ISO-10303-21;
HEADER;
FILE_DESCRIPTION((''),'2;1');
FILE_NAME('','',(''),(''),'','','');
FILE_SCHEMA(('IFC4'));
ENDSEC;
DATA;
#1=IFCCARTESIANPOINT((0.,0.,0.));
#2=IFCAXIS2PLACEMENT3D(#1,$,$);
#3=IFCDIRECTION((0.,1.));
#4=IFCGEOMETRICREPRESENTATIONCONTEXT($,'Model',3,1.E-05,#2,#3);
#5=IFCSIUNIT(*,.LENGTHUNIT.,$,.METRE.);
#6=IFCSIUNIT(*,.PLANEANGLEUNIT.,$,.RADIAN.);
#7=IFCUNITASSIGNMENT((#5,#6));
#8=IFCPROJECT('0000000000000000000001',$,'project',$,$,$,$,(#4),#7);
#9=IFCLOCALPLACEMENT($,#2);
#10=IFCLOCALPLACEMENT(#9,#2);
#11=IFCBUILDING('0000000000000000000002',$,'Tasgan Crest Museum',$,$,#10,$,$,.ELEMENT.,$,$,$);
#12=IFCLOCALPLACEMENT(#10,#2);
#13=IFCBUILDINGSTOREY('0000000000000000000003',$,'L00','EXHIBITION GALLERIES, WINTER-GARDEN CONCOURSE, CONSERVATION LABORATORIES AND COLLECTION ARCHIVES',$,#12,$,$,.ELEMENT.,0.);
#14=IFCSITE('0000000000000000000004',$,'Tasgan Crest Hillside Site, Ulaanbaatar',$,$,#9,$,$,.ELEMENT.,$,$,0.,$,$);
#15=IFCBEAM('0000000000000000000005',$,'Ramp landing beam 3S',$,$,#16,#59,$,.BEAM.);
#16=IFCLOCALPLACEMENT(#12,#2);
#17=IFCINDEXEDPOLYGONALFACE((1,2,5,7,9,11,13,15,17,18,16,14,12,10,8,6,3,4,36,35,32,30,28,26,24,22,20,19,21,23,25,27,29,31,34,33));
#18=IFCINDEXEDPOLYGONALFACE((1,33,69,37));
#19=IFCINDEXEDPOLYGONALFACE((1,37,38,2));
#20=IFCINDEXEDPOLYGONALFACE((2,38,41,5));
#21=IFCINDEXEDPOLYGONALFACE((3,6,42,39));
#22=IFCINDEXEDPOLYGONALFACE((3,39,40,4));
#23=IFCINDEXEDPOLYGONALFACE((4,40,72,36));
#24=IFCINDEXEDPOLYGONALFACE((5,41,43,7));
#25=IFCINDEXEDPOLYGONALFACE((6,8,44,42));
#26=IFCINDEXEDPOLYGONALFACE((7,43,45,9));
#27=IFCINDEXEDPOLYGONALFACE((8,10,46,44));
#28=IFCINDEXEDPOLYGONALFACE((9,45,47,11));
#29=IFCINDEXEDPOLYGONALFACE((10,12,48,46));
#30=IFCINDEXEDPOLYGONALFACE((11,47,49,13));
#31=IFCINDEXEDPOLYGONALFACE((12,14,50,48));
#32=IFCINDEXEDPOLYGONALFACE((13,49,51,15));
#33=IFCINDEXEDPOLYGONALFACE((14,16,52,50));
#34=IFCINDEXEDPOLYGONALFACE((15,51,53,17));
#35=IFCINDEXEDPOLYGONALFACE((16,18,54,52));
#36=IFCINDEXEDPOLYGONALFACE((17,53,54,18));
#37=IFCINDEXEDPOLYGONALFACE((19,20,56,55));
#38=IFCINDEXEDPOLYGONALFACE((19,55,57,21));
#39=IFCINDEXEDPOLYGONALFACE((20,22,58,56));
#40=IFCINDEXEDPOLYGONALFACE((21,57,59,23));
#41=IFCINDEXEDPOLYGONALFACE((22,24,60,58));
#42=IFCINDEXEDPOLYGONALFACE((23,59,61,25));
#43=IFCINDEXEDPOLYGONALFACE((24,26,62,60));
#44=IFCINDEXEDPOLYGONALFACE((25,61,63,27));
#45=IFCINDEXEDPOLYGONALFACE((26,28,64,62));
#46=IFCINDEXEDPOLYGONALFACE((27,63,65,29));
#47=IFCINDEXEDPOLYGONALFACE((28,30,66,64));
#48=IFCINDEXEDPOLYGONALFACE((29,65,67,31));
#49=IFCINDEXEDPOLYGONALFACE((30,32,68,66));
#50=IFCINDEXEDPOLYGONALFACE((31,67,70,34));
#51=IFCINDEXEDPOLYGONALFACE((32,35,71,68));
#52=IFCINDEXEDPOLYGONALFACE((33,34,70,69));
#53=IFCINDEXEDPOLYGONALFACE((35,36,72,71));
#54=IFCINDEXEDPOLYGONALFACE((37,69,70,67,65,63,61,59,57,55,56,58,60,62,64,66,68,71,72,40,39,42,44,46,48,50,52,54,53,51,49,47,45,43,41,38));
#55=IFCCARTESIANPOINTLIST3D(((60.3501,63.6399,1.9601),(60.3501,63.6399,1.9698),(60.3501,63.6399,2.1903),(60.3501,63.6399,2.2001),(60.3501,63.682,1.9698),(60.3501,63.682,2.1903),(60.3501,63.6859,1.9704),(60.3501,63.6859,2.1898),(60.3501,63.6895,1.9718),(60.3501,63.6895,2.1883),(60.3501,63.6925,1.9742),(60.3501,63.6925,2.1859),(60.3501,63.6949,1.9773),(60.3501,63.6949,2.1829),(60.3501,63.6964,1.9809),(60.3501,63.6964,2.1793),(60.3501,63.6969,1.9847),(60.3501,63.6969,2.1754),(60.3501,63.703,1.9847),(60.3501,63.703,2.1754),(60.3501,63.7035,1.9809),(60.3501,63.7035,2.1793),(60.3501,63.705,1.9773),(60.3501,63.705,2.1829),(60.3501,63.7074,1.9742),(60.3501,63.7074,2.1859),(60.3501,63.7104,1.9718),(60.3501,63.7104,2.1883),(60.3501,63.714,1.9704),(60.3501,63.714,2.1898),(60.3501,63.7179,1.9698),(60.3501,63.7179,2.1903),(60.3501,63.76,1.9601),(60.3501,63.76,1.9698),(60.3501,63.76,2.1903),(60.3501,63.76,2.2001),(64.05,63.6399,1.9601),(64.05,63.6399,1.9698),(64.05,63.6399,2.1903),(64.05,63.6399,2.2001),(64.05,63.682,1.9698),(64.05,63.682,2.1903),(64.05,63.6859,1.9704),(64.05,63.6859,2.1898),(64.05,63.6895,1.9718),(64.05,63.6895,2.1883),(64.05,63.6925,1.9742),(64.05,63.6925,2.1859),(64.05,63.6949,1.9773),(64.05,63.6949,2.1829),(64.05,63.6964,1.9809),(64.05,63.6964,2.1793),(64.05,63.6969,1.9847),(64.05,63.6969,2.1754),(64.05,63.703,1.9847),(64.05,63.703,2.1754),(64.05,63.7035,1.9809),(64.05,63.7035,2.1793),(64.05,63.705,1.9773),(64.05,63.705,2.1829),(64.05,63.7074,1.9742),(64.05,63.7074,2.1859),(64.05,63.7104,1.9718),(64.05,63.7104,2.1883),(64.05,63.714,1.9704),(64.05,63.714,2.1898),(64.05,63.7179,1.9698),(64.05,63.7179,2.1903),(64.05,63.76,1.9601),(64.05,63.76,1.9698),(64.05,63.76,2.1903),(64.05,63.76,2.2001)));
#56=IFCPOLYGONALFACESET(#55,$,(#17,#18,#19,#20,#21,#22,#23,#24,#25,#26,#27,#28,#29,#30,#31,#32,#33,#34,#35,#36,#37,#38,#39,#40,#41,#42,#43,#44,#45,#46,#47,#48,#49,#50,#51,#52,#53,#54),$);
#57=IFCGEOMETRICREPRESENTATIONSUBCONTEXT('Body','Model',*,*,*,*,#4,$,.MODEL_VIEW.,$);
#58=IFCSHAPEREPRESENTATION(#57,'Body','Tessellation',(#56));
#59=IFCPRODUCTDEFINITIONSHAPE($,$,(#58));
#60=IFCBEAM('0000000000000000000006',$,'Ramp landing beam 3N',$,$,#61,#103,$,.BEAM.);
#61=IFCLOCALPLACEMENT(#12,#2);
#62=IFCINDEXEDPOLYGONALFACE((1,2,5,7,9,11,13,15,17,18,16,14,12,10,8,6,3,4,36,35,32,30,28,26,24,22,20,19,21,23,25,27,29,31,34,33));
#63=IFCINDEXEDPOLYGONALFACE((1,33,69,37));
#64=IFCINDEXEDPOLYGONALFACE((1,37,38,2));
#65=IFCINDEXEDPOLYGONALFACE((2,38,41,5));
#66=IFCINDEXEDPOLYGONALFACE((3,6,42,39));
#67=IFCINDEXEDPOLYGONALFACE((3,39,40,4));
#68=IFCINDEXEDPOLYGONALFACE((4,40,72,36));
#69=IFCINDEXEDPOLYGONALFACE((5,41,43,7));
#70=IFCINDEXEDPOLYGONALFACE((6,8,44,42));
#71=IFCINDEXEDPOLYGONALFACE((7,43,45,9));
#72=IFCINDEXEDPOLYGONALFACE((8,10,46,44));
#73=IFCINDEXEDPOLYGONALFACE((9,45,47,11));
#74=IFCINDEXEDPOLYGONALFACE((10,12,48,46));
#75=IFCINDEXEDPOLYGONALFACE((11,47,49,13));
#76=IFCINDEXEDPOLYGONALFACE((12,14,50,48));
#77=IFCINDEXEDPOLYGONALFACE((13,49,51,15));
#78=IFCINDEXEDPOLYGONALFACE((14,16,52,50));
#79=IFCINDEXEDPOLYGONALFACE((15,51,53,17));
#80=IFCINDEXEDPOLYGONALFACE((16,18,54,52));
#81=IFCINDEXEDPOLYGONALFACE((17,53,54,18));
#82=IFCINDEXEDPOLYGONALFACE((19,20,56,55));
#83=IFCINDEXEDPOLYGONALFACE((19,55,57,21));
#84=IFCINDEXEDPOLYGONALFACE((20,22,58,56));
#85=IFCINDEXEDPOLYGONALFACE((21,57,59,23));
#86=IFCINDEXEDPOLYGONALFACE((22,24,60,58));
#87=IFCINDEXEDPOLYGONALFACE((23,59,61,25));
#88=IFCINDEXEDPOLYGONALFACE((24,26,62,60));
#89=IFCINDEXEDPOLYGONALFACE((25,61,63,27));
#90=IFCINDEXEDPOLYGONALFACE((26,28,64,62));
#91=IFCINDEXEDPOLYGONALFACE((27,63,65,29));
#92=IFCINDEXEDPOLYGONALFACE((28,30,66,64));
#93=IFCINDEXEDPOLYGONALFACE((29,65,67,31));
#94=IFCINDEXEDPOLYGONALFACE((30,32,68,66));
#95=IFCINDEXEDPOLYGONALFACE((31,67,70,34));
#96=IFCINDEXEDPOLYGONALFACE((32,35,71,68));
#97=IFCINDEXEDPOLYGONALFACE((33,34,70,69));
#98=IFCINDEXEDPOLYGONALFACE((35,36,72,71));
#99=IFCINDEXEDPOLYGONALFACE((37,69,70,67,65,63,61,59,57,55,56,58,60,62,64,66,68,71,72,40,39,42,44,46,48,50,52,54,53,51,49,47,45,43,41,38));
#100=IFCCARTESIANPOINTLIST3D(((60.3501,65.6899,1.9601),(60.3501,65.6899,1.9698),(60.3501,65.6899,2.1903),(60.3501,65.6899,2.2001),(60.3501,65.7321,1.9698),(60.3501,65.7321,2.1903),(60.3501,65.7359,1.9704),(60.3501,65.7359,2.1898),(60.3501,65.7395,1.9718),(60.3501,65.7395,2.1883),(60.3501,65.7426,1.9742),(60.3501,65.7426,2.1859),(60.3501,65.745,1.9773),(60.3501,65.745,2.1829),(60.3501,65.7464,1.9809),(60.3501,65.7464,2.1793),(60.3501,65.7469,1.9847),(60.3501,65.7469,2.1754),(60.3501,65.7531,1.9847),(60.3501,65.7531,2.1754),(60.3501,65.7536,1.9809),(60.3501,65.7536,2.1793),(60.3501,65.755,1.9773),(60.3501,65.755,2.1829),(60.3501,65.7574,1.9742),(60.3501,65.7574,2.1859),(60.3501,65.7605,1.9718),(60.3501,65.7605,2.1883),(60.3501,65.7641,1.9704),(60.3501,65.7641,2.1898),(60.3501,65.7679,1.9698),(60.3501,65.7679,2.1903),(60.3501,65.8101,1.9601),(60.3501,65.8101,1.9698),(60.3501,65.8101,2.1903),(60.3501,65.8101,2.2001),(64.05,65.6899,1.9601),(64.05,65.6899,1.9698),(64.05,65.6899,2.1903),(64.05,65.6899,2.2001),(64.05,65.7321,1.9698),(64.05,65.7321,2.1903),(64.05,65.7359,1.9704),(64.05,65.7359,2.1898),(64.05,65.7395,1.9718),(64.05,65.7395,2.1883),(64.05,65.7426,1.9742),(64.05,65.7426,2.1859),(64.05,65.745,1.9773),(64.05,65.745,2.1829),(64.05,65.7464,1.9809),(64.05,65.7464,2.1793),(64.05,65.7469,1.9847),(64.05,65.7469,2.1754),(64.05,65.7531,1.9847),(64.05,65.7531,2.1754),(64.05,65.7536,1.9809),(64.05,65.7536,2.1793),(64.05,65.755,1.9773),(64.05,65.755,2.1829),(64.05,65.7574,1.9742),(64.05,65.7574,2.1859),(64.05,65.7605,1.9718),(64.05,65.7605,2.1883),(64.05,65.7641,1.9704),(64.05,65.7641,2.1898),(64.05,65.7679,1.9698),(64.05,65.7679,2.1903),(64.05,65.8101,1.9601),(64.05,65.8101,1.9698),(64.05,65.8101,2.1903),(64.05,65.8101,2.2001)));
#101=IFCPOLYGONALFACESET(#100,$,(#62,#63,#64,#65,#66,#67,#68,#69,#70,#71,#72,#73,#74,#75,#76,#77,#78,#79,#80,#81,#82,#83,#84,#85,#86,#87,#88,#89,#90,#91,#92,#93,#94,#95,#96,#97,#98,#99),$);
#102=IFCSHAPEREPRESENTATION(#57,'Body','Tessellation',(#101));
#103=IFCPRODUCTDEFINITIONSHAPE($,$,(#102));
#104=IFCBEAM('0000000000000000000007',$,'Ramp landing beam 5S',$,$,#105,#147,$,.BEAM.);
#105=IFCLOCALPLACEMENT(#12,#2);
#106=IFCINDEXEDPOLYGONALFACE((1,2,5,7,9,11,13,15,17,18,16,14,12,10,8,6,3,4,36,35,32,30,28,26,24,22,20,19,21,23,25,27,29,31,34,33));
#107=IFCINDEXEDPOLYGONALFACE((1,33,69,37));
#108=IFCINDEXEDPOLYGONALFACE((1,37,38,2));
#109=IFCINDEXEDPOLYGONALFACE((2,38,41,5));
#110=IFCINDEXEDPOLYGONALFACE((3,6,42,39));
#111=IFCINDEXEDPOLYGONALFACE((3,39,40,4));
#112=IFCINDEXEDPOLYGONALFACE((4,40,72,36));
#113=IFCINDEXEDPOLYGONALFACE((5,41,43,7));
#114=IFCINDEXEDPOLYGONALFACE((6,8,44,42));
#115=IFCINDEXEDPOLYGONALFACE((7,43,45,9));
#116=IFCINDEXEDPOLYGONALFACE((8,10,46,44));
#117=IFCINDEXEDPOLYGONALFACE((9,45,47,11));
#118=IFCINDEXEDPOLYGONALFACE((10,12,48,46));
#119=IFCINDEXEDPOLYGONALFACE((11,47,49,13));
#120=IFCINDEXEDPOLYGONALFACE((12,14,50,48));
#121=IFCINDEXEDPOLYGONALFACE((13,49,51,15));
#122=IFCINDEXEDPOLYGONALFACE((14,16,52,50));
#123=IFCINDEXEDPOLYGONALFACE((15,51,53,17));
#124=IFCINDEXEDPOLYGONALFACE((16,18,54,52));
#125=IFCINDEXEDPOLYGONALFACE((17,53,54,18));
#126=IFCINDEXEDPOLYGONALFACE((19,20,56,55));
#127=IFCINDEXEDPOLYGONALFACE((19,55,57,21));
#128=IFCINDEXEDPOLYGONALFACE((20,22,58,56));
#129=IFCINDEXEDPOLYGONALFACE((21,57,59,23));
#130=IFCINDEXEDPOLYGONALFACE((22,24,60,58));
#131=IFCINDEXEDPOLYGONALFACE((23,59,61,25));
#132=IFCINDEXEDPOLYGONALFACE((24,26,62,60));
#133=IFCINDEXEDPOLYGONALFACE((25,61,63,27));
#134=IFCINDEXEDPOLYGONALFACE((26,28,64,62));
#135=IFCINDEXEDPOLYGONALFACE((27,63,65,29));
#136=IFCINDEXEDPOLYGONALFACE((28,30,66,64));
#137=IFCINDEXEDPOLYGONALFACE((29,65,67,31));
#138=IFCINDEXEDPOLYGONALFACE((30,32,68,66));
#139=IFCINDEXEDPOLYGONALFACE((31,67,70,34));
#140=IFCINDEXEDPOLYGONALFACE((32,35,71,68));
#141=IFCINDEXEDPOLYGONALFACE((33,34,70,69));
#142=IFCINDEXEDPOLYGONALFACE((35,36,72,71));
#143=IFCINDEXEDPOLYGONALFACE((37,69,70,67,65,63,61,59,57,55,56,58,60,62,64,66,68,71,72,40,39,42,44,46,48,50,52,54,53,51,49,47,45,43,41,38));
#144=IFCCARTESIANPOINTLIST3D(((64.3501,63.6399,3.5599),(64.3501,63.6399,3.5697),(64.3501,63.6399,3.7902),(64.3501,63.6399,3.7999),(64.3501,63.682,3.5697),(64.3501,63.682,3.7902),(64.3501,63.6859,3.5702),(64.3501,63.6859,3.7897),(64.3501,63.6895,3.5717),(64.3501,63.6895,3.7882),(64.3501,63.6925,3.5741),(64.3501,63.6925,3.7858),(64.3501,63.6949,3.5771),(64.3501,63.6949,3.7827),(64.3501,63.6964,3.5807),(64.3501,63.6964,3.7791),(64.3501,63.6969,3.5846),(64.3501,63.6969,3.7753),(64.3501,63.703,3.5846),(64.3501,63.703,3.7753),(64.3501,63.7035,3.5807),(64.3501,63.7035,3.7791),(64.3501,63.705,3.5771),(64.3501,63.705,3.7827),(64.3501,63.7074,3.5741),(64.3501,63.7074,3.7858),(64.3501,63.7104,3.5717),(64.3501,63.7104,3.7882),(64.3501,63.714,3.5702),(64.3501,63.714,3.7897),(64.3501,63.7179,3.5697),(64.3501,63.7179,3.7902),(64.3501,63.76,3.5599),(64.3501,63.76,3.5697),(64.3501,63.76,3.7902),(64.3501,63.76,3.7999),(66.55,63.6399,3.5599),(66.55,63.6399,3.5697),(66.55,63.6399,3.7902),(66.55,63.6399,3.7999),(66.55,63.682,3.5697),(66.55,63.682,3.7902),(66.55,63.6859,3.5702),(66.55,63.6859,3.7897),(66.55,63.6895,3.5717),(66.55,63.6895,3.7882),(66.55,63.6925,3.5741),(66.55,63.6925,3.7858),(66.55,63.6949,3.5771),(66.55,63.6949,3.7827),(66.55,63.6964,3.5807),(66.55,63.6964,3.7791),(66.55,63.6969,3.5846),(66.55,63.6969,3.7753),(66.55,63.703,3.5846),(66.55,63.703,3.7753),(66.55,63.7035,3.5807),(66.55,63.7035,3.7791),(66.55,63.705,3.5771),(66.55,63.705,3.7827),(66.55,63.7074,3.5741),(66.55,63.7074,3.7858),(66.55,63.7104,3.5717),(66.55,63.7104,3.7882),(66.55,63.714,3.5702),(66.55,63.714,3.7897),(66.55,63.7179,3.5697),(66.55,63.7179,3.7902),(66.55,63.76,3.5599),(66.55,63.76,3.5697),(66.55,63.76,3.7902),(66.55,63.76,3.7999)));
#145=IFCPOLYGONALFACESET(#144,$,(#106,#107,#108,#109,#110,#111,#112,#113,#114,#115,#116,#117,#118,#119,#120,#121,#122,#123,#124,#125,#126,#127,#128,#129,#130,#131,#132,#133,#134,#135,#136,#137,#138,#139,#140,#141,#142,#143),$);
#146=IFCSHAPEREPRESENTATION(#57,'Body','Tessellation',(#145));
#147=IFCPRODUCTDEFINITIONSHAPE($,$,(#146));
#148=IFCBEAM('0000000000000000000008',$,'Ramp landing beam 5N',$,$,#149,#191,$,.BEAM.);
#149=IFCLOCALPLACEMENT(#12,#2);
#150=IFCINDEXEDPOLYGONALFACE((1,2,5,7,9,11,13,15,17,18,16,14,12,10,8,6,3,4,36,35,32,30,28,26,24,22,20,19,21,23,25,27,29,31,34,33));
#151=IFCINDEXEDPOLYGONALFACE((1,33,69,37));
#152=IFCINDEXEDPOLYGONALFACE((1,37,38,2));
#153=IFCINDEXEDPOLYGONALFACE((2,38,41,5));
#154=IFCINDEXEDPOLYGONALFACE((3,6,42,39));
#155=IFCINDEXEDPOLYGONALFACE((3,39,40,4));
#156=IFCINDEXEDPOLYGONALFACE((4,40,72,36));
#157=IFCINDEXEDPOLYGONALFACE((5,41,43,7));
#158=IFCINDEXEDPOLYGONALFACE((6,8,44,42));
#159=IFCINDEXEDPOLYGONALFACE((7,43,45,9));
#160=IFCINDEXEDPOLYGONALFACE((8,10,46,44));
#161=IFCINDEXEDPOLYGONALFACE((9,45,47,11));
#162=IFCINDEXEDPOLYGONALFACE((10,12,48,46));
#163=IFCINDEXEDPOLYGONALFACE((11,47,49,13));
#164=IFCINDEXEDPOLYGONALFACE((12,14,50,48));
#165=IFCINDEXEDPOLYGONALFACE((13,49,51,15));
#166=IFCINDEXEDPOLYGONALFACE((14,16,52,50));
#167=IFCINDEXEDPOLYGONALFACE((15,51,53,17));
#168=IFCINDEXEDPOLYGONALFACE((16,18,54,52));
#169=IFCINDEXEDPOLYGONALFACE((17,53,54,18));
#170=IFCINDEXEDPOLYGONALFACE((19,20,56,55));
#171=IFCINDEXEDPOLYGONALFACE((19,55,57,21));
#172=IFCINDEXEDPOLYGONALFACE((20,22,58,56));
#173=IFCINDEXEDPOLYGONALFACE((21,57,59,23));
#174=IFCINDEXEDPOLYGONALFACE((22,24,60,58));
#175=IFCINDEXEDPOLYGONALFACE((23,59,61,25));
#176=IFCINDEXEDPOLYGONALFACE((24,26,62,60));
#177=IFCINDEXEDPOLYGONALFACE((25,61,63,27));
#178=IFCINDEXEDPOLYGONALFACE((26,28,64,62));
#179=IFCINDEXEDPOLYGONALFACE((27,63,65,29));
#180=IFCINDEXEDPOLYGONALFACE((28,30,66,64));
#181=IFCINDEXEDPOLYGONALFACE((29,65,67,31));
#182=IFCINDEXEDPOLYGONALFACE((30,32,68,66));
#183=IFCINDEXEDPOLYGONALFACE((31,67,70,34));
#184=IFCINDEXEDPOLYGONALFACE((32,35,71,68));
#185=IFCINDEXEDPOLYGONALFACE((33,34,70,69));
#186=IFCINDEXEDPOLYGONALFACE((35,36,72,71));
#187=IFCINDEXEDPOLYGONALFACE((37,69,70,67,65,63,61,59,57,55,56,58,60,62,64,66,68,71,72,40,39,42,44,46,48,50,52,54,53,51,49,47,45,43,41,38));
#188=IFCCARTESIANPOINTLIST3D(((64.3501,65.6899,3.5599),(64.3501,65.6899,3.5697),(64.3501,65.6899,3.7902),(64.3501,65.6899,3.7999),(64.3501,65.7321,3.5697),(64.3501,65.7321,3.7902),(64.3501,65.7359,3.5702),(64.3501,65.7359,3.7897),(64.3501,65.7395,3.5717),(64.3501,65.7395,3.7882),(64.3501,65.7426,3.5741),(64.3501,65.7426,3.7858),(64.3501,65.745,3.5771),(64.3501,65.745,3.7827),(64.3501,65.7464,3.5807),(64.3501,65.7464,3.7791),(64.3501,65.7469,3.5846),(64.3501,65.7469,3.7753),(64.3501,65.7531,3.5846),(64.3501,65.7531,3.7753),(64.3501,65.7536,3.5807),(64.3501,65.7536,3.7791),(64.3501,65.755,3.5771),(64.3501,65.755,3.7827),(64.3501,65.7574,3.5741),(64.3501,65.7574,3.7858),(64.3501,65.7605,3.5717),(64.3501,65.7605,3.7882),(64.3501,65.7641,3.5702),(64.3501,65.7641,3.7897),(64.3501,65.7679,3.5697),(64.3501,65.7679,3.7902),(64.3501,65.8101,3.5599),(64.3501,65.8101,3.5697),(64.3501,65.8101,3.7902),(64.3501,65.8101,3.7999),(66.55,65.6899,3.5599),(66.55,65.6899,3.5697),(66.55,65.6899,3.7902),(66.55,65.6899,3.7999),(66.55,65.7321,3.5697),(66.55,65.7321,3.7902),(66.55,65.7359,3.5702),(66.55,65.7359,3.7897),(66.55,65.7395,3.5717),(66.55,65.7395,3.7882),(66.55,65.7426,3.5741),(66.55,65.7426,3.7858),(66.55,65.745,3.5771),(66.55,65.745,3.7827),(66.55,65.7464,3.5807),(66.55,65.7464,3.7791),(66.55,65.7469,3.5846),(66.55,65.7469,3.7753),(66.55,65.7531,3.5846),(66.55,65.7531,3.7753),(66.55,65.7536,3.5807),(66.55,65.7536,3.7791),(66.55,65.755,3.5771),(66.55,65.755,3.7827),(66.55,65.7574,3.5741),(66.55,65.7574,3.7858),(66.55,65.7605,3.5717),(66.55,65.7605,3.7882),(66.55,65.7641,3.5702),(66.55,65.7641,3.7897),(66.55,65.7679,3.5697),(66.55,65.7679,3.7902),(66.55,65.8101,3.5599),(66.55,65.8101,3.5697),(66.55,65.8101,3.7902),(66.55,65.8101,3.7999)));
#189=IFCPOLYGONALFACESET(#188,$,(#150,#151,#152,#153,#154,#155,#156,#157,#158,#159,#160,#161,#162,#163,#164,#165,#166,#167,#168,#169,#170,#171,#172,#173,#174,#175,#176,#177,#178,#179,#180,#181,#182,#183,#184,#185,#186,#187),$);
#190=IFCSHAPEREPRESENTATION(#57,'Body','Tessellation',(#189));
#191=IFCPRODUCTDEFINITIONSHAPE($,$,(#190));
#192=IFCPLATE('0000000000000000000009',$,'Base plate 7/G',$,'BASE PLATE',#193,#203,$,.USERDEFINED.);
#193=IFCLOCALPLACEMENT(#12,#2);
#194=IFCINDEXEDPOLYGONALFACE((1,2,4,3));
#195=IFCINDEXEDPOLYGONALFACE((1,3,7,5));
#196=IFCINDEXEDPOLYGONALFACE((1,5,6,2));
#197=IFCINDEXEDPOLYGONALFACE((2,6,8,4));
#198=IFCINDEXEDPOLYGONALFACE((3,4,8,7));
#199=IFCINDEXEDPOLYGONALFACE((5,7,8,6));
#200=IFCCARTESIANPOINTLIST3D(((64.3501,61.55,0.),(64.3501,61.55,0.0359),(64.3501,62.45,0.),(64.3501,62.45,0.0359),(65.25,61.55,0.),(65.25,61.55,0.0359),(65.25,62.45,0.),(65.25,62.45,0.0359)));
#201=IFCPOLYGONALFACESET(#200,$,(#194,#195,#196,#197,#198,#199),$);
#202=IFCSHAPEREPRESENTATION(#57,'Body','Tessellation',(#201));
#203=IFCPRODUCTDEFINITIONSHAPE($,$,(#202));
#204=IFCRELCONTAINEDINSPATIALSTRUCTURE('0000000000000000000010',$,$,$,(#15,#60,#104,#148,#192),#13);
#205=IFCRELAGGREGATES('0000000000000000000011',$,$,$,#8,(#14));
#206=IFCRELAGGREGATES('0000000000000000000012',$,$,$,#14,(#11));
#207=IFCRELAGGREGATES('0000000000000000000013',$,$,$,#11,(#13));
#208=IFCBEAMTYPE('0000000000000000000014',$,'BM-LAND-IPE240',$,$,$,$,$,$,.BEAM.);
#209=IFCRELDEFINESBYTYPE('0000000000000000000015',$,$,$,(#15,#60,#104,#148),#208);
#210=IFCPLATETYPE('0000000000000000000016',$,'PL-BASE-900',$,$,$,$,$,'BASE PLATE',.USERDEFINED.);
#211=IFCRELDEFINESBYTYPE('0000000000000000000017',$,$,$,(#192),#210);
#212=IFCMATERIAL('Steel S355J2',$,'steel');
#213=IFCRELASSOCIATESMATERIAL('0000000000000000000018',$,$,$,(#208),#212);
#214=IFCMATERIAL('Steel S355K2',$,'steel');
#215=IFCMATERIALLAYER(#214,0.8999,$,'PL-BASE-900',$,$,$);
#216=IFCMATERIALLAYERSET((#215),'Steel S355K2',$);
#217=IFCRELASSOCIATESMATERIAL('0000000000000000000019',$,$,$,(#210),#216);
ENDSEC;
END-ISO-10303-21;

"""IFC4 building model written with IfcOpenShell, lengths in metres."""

from ifc_helpers import new_model, si_unit, direction, frame, origin, origin_2d, place, context, subcontext, project, spatial, rectangle, i_section, extrude, material, layer, layer_set, material_profile, profile_set, type_object, element, save


model = new_model("IFC4")

# Units and contexts
model_context = context("Model", 3, precision=1e-05, world=origin(), true_north=direction((0.0, 1.0)))
body_context = subcontext(model_context, "Body", "Model", "MODEL_VIEW")
ifc_project = project(units=[si_unit("LENGTHUNIT", "METRE"), si_unit("PLANEANGLEUNIT", "RADIAN")], contexts=[model_context])

# Site, building, storey
site_placement = place(None, origin())
site = spatial("IfcSite", under=ifc_project, at=site_placement, Name="Tasgan Crest Hillside Site, Ulaanbaatar", CompositionType="ELEMENT", RefElevation=0.0)
building_placement = place(site_placement, origin())
building = spatial("IfcBuilding", under=site, at=building_placement, Name="Tasgan Crest Museum", CompositionType="ELEMENT")
storey_placement = place(building_placement, origin())
storey = spatial("IfcBuildingStorey", under=building, at=storey_placement, Name="L00", Description="EXHIBITION GALLERIES, WINTER-GARDEN CONCOURSE, CONSERVATION LABORATORIES AND COLLECTION ARCHIVES", CompositionType="ELEMENT", Elevation=0.0)

# Beams
ifc_material_1 = material(Name="Steel S355J2", Category="steel")
ifc_material_profile_1 = material_profile(ifc_material_1, i_section(OverallWidth=0.1201, OverallDepth=0.24, WebThickness=0.0061, FlangeThickness=0.0098, FilletRadius=0.0149, at=origin_2d()), Name="IPE 240")
ifc_profile_set_1 = profile_set([ifc_material_profile_1], Name="Steel S355J2")
beam_type = type_object("IfcBeamType", Name="BM-LAND-IPE240", PredefinedType="BEAM", material=ifc_profile_set_1)
for number, where, z_axis, x_axis, name in (
    (1, (60.3501, 63.7, 2.0801), (1.0, 0.0, 0.0), (0.0, 1.0, 0.0), "Ramp landing beam 3S"),
    (2, (60.3501, 65.75, 2.0801), (1.0, 0.0, 0.0), (0.0, 1.0, 0.0), "Ramp landing beam 3N"),
):
    element("IfcBeam", number, at=place(storey_placement, frame(where, z_axis=z_axis, x_axis=x_axis)), inside=storey, type_object=beam_type, Name=name, PredefinedType="BEAM", context=body_context, shape_type="SweptSolid", body=[
        extrude(i_section(OverallWidth=0.1201, OverallDepth=0.24, WebThickness=0.0061, FlangeThickness=0.0098, FilletRadius=0.0149, at=origin_2d()), origin(), (0.0, 0.0, 1.0), 3.7),
    ])
for number, where, z_axis, x_axis, name in (
    (3, (64.3501, 63.7, 3.6799), (1.0, 0.0, 0.0), (0.0, 1.0, 0.0), "Ramp landing beam 5S"),
    (4, (64.3501, 65.75, 3.6799), (1.0, 0.0, 0.0), (0.0, 1.0, 0.0), "Ramp landing beam 5N"),
):
    element("IfcBeam", number, at=place(storey_placement, frame(where, z_axis=z_axis, x_axis=x_axis)), inside=storey, type_object=beam_type, Name=name, PredefinedType="BEAM", context=body_context, shape_type="SweptSolid", body=[
        extrude(i_section(OverallWidth=0.1201, OverallDepth=0.24, WebThickness=0.0061, FlangeThickness=0.0098, FilletRadius=0.0149, at=origin_2d()), origin(), (0.0, 0.0, 1.0), 2.2),
    ])

# Plate
ifc_material_2 = material(Name="Steel S355K2", Category="steel")
ifc_layer_1 = layer(ifc_material_2, 0.8999, Name="PL-BASE-900")
ifc_layer_set_1 = layer_set([ifc_layer_1], Name="Steel S355K2")
plate_type = type_object("IfcPlateType", Name="PL-BASE-900", ElementType="BASE PLATE", PredefinedType="USERDEFINED", material=ifc_layer_set_1)
for number, where, z_axis, x_axis, name in (
    (5, (64.8, 62.0, 0.0), (0.0, 0.0, 1.0), (1.0, 0.0, 0.0), "Base plate 7/G"),
):
    element("IfcPlate", number, at=place(storey_placement, frame(where, z_axis=z_axis, x_axis=x_axis)), inside=storey, type_object=plate_type, Name=name, ObjectType="BASE PLATE", PredefinedType="USERDEFINED", context=body_context, shape_type="SweptSolid", body=[
        extrude(rectangle(XDim=0.8999, YDim=0.8999, at=origin_2d()), origin(), (0.0, 0.0, 1.0), 0.0359),
    ])

save(model, "model.ifc")
